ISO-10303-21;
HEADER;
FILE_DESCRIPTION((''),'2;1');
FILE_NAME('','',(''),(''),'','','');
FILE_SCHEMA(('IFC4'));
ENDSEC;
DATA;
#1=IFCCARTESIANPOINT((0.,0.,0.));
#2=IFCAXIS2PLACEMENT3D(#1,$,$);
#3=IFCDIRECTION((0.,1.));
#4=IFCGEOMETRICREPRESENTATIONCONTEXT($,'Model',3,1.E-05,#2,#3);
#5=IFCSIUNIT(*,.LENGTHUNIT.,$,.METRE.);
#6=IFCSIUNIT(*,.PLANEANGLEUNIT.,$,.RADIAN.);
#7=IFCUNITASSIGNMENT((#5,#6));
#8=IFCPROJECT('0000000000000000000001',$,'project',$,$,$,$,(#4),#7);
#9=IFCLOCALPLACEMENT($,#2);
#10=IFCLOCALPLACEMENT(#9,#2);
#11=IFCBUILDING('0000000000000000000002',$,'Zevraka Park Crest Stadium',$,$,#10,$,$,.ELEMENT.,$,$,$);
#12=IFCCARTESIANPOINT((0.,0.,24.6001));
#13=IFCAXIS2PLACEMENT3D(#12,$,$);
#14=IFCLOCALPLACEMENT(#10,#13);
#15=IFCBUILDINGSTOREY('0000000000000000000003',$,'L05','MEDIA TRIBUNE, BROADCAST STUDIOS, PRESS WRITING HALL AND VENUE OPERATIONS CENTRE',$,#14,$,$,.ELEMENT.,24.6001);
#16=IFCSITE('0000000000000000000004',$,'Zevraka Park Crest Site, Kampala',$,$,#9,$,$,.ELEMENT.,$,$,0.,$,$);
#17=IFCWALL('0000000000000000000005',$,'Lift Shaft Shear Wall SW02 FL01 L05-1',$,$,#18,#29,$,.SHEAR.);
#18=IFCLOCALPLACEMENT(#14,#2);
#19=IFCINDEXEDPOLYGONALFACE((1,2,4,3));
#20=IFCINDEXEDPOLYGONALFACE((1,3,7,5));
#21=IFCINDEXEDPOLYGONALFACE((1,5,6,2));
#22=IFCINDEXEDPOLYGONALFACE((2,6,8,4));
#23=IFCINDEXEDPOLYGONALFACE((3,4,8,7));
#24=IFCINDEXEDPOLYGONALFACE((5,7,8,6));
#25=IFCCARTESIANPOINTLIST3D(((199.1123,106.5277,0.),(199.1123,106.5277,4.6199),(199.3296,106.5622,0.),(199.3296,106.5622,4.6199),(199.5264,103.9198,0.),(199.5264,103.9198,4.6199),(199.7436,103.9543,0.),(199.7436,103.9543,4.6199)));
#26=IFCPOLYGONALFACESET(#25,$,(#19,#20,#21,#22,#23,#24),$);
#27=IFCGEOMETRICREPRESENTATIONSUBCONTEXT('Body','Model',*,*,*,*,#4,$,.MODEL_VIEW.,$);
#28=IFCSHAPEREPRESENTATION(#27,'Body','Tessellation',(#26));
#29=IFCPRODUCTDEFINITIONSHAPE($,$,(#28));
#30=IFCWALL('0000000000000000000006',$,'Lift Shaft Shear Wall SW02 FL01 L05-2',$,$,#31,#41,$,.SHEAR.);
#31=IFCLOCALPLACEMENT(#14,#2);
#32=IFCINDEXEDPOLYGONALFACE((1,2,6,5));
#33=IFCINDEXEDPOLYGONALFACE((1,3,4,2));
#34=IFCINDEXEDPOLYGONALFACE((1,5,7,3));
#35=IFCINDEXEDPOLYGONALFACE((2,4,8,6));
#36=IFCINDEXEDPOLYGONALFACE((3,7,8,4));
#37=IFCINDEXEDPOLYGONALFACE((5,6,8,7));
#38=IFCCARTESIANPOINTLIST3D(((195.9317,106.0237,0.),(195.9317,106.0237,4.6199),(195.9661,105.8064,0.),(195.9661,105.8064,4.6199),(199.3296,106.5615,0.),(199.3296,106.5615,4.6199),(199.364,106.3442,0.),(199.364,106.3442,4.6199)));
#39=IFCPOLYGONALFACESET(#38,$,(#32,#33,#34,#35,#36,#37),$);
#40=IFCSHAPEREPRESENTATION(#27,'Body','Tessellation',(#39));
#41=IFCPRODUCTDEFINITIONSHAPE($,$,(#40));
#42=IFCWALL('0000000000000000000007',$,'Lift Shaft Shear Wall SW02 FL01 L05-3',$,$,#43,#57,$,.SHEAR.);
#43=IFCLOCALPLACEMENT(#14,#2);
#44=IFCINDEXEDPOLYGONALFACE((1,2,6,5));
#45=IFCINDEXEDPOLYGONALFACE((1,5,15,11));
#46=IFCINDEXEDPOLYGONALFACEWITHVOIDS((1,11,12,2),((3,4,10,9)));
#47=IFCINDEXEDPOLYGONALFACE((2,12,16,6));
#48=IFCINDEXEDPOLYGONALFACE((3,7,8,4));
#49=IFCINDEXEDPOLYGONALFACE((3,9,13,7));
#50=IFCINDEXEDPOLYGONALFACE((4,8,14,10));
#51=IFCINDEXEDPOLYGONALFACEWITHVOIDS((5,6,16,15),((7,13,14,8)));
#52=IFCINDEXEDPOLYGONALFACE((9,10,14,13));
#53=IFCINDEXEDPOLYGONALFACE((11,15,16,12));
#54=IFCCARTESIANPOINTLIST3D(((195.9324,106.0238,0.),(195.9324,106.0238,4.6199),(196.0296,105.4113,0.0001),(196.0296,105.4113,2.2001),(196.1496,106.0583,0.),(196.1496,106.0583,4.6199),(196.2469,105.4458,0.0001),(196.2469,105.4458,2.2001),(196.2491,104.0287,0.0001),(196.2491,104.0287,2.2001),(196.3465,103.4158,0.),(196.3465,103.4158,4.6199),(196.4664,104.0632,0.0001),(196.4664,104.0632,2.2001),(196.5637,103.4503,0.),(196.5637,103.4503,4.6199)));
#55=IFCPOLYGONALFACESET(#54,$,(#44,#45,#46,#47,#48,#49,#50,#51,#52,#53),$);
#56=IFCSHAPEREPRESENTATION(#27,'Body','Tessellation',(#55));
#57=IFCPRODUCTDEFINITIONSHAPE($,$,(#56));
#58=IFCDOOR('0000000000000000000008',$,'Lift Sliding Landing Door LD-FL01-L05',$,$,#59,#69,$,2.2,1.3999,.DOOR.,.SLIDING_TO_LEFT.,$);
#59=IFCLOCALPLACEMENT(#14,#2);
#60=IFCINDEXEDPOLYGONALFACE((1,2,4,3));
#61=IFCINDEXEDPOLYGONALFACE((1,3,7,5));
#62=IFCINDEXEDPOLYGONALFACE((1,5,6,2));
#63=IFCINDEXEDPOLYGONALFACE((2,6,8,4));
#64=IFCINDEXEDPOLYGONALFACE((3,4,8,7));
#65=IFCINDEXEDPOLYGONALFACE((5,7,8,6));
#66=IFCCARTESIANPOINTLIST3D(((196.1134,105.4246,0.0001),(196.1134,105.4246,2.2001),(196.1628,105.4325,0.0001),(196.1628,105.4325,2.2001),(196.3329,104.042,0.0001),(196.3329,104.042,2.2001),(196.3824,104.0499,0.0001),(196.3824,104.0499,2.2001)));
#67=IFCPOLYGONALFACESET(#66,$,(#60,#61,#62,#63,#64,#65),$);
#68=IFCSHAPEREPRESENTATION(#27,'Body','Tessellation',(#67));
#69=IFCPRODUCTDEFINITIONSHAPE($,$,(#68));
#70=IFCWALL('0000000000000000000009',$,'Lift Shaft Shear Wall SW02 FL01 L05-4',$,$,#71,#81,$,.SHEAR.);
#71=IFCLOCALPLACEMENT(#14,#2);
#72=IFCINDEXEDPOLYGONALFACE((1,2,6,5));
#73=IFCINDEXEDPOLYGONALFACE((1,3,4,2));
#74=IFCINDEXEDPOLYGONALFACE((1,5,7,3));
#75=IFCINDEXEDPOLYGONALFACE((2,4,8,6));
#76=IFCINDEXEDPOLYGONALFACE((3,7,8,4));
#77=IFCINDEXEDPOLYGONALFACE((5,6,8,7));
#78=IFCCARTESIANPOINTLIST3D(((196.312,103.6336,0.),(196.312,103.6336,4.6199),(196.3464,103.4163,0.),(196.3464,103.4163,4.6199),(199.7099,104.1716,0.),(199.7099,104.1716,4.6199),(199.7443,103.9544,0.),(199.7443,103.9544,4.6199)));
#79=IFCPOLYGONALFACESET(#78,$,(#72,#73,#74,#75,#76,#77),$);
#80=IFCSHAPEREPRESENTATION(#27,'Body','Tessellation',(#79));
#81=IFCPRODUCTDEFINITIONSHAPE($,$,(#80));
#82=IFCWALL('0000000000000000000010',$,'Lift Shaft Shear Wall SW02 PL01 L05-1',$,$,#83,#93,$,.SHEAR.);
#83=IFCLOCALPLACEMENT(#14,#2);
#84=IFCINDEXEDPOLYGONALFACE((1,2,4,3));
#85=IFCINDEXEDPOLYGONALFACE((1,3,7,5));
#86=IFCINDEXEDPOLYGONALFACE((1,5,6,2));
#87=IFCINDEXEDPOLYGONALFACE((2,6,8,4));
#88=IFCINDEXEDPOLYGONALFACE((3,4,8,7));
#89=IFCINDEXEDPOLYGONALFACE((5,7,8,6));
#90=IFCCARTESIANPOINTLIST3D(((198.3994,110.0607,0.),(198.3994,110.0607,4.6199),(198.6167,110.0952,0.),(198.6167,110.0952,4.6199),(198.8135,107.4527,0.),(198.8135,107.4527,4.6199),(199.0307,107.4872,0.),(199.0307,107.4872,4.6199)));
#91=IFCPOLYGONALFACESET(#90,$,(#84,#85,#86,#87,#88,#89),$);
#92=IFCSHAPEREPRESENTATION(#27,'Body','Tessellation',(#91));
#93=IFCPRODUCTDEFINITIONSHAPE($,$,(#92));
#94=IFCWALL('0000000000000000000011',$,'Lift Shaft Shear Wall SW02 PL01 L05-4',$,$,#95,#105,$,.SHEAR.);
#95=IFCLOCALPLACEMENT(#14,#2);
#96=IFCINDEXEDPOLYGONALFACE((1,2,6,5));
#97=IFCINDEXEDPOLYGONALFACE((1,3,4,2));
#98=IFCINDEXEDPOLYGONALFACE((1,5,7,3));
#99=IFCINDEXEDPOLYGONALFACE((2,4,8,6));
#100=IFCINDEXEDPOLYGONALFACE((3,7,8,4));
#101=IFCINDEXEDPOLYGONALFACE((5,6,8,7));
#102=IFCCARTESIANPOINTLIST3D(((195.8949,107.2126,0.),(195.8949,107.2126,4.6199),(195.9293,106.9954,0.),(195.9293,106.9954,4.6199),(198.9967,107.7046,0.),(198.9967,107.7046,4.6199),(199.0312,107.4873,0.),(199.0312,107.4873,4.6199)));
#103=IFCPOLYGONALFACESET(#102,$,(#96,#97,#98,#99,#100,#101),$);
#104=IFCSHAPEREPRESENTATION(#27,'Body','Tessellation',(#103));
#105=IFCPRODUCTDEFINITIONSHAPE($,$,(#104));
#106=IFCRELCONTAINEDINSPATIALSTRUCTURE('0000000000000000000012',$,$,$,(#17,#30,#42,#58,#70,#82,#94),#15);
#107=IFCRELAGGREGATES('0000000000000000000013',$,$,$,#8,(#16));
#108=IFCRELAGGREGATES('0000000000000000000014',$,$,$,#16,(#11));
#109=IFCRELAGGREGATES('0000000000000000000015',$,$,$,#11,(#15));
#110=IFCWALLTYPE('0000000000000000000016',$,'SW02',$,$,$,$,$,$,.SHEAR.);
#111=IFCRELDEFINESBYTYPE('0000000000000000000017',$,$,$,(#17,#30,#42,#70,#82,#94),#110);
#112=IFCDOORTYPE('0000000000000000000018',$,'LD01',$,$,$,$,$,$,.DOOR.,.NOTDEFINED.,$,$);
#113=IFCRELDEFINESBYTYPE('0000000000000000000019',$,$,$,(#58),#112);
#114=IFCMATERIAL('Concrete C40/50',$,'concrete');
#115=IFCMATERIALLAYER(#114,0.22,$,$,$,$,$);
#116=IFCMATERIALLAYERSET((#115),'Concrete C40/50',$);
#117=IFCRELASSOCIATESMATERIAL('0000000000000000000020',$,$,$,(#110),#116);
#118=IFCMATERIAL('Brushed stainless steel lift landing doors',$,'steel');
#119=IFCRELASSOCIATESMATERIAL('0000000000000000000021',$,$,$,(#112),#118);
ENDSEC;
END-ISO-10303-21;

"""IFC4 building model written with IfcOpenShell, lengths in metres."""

from ifc_helpers import new_model, si_unit, direction, frame, frame_2d, origin, place, context, subcontext, project, spatial, rectangle, extrude, material, layer, layer_set, type_object, element, fill, save


model = new_model("IFC4")

# Units and contexts
model_context = context("Model", 3, precision=1e-05, world=origin(), true_north=direction((0.0, 1.0)))
body_context = subcontext(model_context, "Body", "Model", "MODEL_VIEW")
ifc_project = project(units=[si_unit("LENGTHUNIT", "METRE"), si_unit("PLANEANGLEUNIT", "RADIAN")], contexts=[model_context])

# Site, building, storey
site_placement = place(None, origin())
site = spatial("IfcSite", under=ifc_project, at=site_placement, Name="Zevraka Park Crest Site, Kampala", CompositionType="ELEMENT", RefElevation=0.0)
building_placement = place(site_placement, origin())
building = spatial("IfcBuilding", under=site, at=building_placement, Name="Zevraka Park Crest Stadium", CompositionType="ELEMENT")
storey_placement = place(building_placement, frame((0.0, 0.0, 24.6001)))
storey = spatial("IfcBuildingStorey", under=building, at=storey_placement, Name="L05", Description="MEDIA TRIBUNE, BROADCAST STUDIOS, PRESS WRITING HALL AND VENUE OPERATIONS CENTRE", CompositionType="ELEMENT", Elevation=24.6001)

# Walls
ifc_material_1 = material(Name="Concrete C40/50", Category="concrete")
ifc_layer_1 = layer(ifc_material_1, 0.22)
ifc_layer_set_1 = layer_set([ifc_layer_1], Name="Concrete C40/50")
wall_type_1 = type_object("IfcWallType", Name="SW02", PredefinedType="SHEAR", material=ifc_layer_set_1)
wall_1_placement = place(storey_placement, frame((199.635, 103.937, 0.0), z_axis=(0.0, 0.0, 1.0), x_axis=(-0.156808, 0.987629, 0.0)))
element("IfcWall", 1, at=wall_1_placement, inside=storey, type_object=wall_type_1, Name="Lift Shaft Shear Wall SW02 FL01 L05-1", PredefinedType="SHEAR", context=body_context, shape_type="SweptSolid", body=[
    extrude(rectangle(XDim=2.6406, YDim=0.22, at=frame_2d((1.3203, 0.0))), origin(), (0.0, 0.0, 1.0), 4.6199),
])
wall_2_placement = place(storey_placement, frame((199.3469, 106.4529, 0.0), z_axis=(0.0, 0.0, 1.0), x_axis=(-0.987704, -0.156338, 0.0)))
element("IfcWall", 2, at=wall_2_placement, inside=storey, type_object=wall_type_1, Name="Lift Shaft Shear Wall SW02 FL01 L05-2", PredefinedType="SHEAR", context=body_context, shape_type="SweptSolid", body=[
    extrude(rectangle(XDim=3.4402, YDim=0.22, at=frame_2d((1.7202, 0.0))), origin(), (0.0, 0.0, 1.0), 4.6199),
])

# Wall, opening, door
wall_3_placement = place(storey_placement, frame((196.041, 106.041, 0.0), z_axis=(0.0, 0.0, 1.0), x_axis=(0.156808, -0.987629, 0.0)))
wall_3 = element("IfcWall", 3, at=wall_3_placement, inside=storey, type_object=wall_type_1, Name="Lift Shaft Shear Wall SW02 FL01 L05-3", PredefinedType="SHEAR", context=body_context, shape_type="SweptSolid", body=[
    extrude(rectangle(XDim=2.6406, YDim=0.22, at=frame_2d((1.3203, 0.0))), origin(), (0.0, 0.0, 1.0), 4.6199),
])
opening_1_placement = place(wall_3_placement, frame((0.6201, 0.0, 0.0)))
opening_1 = element("IfcOpeningElement", 4, at=opening_1_placement, cuts=wall_3, PredefinedType="OPENING", context=body_context, shape_type="SweptSolid", body=[
    extrude(rectangle(XDim=1.3999, YDim=2.2, at=frame_2d((0.7, 1.1001))), frame((0.0, 0.1199, 0.0), z_axis=(0.0, -1.0, 0.0), x_axis=(1.0, 0.0, 0.0)), (0.0, 0.0, 1.0), 0.24),
])
ifc_material_2 = material(Name="Brushed stainless steel lift landing doors", Category="steel")
door_type_1 = type_object("IfcDoorType", Name="LD01", OperationType="NOTDEFINED", PredefinedType="DOOR", material=ifc_material_2)
door_1_placement = place(opening_1_placement, origin())
door_1 = element("IfcDoor", 5, at=door_1_placement, inside=storey, type_object=door_type_1, Name="Lift Sliding Landing Door LD-FL01-L05", OperationType="SLIDING_TO_LEFT", OverallHeight=2.2, OverallWidth=1.3999, PredefinedType="DOOR", context=body_context, shape_type="SweptSolid", body=[
    extrude(rectangle(XDim=1.3999, YDim=2.2, at=frame_2d((0.7, 1.1001))), frame((0.0, 0.0249, 0.0), z_axis=(0.0, -1.0, 0.0), x_axis=(1.0, 0.0, 0.0)), (0.0, 0.0, 1.0), 0.05),
])
fill(opening_1, door_1)

# Walls
wall_4_placement = place(storey_placement, frame((196.3291, 103.5249, 0.0), z_axis=(0.0, 0.0, 1.0), x_axis=(0.987693, 0.156407, 0.0)))
element("IfcWall", 6, at=wall_4_placement, inside=storey, type_object=wall_type_1, Name="Lift Shaft Shear Wall SW02 FL01 L05-4", PredefinedType="SHEAR", context=body_context, shape_type="SweptSolid", body=[
    extrude(rectangle(XDim=3.4402, YDim=0.22, at=frame_2d((1.7202, 0.0))), origin(), (0.0, 0.0, 1.0), 4.6199),
])
wall_5_placement = place(storey_placement, frame((198.9221, 107.47, 0.0), z_axis=(0.0, 0.0, 1.0), x_axis=(-0.156808, 0.987629, 0.0)))
element("IfcWall", 7, at=wall_5_placement, inside=storey, type_object=wall_type_1, Name="Lift Shaft Shear Wall SW02 PL01 L05-1", PredefinedType="SHEAR", context=body_context, shape_type="SweptSolid", body=[
    extrude(rectangle(XDim=2.6406, YDim=0.22, at=frame_2d((1.3203, 0.0))), origin(), (0.0, 0.0, 1.0), 4.6199),
])
wall_6_placement = place(storey_placement, frame((195.9121, 107.104, 0.0), z_axis=(0.0, 0.0, 1.0), x_axis=(0.987656, 0.156641, 0.0)))
element("IfcWall", 8, at=wall_6_placement, inside=storey, type_object=wall_type_1, Name="Lift Shaft Shear Wall SW02 PL01 L05-4", PredefinedType="SHEAR", context=body_context, shape_type="SweptSolid", body=[
    extrude(rectangle(XDim=3.1406, YDim=0.22, at=frame_2d((1.5703, 0.0))), origin(), (0.0, 0.0, 1.0), 4.6199),
])

save(model, "model.ifc")
